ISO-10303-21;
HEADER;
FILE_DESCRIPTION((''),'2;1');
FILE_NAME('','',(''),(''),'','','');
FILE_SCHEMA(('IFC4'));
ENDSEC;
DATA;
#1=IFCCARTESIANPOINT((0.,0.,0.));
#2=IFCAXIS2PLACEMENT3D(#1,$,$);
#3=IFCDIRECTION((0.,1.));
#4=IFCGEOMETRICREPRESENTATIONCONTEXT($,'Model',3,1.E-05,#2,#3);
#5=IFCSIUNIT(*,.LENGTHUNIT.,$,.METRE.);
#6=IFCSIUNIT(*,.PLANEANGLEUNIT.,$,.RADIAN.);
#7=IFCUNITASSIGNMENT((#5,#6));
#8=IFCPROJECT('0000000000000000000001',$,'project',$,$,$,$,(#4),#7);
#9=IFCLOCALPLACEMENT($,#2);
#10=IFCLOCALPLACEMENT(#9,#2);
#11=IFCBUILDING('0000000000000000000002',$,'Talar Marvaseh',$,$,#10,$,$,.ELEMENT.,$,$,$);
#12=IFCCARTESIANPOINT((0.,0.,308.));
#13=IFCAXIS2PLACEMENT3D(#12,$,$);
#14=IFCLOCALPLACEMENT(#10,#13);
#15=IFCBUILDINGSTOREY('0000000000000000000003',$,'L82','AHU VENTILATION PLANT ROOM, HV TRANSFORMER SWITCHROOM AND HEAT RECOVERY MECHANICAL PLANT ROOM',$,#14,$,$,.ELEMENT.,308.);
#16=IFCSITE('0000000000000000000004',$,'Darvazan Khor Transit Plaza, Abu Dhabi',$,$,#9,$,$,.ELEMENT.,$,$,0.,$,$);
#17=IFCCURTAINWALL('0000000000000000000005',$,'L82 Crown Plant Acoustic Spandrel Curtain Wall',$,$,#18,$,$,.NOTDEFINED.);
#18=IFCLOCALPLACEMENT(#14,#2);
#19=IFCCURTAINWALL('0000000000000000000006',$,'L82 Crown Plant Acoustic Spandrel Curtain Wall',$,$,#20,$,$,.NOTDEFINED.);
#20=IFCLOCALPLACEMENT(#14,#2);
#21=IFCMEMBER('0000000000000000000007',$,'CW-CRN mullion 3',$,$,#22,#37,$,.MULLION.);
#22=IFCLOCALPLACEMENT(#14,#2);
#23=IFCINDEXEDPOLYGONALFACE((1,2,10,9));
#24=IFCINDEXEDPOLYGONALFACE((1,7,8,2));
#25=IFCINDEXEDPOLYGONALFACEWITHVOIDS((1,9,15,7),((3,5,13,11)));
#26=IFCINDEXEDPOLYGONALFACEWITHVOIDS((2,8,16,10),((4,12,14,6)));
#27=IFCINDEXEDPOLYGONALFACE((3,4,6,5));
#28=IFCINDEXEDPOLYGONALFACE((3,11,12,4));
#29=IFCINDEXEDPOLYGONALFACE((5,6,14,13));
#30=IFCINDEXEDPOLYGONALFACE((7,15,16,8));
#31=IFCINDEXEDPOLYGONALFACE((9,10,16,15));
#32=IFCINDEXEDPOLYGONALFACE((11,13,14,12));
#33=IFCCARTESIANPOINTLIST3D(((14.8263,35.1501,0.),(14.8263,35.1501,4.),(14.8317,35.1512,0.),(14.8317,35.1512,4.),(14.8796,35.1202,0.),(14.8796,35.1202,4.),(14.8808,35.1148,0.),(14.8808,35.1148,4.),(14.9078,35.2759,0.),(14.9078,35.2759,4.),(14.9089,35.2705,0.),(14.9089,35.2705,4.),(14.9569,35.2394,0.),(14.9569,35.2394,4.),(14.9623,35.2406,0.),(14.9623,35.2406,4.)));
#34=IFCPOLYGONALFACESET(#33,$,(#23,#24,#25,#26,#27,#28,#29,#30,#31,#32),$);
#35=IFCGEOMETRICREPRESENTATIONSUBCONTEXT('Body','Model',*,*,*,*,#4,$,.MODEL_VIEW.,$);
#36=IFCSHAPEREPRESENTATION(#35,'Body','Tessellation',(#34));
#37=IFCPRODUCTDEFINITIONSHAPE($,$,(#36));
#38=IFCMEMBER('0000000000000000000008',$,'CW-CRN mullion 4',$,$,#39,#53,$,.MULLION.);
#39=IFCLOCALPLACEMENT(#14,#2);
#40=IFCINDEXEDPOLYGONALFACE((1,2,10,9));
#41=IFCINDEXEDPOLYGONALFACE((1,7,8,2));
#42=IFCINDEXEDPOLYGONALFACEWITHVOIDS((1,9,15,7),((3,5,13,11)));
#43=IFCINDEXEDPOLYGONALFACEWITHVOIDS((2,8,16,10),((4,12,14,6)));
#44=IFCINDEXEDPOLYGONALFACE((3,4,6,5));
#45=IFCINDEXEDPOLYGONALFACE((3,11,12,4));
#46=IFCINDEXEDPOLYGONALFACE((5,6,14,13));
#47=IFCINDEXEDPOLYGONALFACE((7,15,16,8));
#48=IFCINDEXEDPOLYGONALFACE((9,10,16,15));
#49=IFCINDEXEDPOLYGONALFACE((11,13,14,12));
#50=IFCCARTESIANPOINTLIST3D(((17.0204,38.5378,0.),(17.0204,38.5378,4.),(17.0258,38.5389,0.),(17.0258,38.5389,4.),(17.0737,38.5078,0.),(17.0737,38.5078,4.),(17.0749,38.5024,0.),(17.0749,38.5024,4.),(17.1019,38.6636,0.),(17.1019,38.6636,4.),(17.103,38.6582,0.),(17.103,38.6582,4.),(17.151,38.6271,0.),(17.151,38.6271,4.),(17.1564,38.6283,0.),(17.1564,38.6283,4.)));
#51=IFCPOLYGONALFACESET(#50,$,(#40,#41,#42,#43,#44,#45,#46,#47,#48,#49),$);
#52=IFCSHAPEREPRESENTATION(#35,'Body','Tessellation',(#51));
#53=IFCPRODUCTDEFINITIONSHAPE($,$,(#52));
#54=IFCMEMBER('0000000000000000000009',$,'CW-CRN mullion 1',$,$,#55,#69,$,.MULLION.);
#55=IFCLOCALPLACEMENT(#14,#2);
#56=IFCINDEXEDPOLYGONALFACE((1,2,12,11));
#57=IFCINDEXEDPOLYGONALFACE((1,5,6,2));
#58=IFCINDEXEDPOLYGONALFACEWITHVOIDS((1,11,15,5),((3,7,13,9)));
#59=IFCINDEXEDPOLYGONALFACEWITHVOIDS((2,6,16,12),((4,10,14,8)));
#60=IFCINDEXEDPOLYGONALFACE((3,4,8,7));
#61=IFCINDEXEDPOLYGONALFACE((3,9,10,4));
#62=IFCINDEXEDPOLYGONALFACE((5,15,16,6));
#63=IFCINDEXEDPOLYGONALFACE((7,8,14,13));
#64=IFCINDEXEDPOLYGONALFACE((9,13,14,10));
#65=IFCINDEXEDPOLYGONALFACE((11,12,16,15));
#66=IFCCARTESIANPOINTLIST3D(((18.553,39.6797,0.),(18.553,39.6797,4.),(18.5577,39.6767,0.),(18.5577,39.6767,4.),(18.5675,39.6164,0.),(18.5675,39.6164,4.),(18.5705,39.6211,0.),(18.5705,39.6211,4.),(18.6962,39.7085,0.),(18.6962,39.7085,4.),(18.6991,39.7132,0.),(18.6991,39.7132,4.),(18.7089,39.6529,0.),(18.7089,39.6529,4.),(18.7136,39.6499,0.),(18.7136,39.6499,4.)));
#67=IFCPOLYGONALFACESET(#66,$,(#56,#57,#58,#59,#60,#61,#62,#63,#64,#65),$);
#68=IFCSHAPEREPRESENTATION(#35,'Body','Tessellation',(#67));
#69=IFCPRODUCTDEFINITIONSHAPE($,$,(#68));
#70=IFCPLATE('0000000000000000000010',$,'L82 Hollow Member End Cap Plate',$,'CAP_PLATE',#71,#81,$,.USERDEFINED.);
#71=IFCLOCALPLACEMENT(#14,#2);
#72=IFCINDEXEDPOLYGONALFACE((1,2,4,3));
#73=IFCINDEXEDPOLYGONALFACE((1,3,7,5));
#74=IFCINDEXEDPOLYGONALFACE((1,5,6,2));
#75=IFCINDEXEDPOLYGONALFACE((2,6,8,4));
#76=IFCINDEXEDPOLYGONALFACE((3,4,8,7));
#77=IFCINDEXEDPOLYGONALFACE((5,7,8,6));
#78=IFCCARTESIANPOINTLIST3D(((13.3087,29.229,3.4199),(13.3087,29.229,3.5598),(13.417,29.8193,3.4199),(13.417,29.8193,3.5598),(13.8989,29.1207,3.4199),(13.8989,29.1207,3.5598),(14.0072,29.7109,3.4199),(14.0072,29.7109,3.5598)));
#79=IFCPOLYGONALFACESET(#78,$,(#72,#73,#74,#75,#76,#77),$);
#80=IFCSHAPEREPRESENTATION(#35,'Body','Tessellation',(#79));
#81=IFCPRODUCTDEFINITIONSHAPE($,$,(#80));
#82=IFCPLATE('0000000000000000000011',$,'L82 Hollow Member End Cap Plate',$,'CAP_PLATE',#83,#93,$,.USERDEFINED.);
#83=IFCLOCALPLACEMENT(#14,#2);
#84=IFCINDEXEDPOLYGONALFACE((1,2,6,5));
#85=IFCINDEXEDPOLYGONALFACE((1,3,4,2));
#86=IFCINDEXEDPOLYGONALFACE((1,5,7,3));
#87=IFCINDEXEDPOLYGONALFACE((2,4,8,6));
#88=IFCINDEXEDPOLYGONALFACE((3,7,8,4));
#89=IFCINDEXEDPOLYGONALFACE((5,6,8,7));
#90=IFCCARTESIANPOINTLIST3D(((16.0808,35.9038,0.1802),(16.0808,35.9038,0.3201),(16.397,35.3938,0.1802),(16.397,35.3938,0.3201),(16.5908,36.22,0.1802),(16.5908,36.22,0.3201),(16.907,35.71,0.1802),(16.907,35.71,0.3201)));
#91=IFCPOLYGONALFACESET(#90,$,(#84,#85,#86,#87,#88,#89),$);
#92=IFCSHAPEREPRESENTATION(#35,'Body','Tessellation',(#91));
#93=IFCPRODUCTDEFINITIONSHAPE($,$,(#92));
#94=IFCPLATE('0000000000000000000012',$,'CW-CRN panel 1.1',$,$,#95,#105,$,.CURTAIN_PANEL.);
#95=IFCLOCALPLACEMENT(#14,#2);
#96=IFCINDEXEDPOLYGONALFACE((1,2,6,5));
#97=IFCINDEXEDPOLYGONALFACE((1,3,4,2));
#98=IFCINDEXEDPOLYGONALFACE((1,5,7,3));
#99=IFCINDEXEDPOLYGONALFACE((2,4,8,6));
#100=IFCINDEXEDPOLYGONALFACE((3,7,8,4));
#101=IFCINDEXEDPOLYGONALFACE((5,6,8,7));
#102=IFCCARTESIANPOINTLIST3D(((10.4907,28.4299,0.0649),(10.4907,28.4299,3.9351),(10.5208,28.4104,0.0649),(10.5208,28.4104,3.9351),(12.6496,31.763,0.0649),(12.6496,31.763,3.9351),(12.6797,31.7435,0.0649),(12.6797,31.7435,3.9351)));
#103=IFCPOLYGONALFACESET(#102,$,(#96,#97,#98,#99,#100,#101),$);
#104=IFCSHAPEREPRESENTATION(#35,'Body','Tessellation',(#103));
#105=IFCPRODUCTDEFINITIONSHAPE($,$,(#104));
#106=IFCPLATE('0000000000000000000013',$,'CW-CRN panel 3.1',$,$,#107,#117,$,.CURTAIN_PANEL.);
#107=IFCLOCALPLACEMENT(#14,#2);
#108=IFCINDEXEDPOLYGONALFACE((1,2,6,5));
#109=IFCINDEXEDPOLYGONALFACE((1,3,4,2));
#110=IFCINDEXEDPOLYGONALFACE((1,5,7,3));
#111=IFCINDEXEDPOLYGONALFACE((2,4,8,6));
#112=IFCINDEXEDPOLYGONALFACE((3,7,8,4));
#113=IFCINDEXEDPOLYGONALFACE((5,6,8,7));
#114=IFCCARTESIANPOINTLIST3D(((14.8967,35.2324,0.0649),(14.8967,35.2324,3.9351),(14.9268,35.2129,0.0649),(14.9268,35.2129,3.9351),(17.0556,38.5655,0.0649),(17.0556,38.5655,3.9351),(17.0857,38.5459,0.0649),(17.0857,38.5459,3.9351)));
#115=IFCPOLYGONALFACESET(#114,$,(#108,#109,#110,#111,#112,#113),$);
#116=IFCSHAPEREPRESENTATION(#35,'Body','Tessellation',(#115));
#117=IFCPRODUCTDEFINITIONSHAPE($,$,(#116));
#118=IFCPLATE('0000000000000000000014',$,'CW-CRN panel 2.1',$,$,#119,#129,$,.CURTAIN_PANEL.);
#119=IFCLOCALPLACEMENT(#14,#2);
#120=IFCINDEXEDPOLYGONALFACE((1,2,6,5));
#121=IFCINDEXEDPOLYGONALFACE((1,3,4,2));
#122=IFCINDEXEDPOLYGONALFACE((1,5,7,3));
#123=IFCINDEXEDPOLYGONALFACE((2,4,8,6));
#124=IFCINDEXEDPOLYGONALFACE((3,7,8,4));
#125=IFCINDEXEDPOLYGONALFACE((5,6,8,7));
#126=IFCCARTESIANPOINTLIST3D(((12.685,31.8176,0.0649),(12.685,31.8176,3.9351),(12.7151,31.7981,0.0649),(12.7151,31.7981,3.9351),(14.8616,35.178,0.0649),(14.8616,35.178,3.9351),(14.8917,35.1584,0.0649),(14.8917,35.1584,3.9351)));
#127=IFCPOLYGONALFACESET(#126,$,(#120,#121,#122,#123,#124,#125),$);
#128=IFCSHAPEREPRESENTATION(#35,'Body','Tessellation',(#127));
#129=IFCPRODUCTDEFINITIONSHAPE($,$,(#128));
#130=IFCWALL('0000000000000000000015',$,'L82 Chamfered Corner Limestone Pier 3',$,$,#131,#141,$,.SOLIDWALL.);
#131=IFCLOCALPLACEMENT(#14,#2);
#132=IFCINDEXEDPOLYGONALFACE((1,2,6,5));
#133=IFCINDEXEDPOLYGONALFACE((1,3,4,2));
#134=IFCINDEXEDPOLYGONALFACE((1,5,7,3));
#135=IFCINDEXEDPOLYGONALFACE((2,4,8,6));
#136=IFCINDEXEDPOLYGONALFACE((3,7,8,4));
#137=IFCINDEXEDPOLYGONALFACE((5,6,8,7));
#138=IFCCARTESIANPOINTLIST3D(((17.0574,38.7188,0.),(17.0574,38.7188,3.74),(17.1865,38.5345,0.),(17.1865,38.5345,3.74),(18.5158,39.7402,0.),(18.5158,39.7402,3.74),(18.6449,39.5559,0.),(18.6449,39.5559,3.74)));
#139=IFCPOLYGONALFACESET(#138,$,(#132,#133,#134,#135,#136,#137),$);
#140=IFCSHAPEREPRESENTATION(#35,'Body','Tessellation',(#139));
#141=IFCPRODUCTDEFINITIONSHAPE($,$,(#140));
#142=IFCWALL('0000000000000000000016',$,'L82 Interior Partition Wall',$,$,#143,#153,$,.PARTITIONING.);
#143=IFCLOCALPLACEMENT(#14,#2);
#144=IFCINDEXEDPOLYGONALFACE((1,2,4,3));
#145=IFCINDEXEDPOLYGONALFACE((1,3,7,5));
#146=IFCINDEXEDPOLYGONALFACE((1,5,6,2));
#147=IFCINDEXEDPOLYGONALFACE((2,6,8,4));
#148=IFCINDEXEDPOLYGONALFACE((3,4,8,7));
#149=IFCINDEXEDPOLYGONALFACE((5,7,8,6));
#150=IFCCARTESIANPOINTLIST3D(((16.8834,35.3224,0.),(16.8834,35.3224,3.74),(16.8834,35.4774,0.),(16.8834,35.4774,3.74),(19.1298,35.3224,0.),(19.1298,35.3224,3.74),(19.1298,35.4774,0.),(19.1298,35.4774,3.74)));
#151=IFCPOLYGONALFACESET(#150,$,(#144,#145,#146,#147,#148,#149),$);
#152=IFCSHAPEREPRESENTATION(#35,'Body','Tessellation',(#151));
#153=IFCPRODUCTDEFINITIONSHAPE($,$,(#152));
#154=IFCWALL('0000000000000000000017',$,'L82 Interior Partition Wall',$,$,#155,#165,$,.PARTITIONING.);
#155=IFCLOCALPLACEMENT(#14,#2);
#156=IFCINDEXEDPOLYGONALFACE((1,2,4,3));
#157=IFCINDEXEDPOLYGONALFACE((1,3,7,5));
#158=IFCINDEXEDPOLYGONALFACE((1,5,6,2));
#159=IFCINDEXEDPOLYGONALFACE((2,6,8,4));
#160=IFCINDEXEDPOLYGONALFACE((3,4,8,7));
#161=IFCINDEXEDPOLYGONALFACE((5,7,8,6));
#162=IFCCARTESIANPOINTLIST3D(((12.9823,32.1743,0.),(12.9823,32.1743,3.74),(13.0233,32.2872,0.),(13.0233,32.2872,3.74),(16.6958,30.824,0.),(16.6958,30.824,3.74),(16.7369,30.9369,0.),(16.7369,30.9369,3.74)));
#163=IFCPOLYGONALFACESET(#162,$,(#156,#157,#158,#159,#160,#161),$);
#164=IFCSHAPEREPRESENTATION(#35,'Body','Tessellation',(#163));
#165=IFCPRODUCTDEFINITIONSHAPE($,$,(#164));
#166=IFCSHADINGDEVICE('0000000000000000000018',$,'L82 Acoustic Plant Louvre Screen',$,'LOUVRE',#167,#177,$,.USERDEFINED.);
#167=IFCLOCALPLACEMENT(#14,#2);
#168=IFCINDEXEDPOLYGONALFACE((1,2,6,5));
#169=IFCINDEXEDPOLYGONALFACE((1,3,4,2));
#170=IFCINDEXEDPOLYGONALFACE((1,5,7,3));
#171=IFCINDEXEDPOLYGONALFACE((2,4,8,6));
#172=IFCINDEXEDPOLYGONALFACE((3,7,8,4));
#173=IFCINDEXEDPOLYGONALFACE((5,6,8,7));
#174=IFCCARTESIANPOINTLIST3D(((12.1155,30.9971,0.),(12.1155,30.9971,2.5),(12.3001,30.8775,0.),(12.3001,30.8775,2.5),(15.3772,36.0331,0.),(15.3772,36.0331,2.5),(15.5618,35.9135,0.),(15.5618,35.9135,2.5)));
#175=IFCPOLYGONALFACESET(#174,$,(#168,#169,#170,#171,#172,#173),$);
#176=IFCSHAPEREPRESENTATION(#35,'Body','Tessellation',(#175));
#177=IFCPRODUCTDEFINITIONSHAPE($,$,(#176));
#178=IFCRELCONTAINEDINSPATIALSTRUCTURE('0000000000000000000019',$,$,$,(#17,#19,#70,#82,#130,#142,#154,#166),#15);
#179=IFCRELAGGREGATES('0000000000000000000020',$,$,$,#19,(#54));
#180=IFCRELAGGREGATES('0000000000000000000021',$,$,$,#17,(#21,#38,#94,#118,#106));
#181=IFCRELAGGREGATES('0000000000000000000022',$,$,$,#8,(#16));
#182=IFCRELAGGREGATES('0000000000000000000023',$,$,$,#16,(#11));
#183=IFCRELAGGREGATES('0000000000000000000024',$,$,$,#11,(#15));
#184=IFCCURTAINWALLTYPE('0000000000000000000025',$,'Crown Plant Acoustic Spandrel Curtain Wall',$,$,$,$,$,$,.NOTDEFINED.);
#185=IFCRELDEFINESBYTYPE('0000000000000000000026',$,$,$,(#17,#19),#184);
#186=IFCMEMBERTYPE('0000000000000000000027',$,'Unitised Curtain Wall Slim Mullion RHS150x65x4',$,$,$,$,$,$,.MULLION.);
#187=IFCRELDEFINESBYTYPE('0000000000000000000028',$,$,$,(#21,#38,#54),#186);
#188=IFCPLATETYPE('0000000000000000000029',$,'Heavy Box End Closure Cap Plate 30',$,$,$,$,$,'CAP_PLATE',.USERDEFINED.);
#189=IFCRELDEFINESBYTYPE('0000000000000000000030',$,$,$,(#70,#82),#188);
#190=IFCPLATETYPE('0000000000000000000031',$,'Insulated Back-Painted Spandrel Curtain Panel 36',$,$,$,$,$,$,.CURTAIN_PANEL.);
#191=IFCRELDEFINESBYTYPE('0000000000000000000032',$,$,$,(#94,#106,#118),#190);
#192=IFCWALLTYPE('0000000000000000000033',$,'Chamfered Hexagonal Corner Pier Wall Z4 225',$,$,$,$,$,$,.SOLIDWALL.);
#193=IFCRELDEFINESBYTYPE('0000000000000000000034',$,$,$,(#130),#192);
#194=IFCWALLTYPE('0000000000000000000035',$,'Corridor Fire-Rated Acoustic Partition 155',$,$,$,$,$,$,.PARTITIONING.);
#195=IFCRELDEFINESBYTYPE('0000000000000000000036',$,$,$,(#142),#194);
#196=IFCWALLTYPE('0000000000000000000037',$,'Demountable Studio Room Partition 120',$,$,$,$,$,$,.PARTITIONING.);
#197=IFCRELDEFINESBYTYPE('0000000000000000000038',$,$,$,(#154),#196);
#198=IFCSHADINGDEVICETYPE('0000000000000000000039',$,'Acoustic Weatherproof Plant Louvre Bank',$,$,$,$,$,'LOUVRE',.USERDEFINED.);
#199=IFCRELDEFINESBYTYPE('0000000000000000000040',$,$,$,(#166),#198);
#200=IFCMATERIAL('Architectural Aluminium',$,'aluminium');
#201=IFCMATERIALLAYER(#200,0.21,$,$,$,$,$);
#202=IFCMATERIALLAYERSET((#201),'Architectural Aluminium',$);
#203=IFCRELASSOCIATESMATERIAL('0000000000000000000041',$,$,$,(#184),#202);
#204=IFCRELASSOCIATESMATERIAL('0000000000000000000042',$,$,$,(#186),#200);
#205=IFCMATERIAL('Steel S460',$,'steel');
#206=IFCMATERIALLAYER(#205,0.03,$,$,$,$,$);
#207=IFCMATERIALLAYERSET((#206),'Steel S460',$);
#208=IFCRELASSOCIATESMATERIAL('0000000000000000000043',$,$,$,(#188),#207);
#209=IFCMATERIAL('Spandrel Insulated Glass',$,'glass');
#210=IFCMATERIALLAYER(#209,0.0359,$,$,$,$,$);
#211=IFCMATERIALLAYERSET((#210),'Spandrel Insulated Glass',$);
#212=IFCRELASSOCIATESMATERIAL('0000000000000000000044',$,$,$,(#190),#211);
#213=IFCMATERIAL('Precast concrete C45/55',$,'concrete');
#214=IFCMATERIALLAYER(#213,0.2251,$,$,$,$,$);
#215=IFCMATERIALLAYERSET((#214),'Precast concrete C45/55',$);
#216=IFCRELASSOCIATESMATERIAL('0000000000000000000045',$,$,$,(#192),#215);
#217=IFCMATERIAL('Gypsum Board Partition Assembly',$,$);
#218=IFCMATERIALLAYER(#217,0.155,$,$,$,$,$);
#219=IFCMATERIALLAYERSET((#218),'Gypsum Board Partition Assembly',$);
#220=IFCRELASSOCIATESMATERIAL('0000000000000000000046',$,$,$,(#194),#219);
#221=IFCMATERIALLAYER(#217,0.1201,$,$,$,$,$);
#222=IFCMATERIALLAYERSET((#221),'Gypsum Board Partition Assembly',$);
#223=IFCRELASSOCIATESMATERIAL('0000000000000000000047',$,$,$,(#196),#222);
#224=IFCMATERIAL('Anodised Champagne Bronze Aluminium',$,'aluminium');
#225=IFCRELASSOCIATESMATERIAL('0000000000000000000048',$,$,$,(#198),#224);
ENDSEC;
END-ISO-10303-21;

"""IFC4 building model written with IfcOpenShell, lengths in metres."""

from ifc_helpers import new_model, si_unit, direction, frame, frame_2d, origin, origin_2d, place, context, subcontext, project, spatial, rectangle, hollow_rectangle, extrude, source, transform, mapped, material, layer, layer_set, material_profile, profile_set, type_object, type_shapes, element, aggregate, save


model = new_model("IFC4")

# Units and contexts
model_context = context("Model", 3, precision=1e-05, world=origin(), true_north=direction((0.0, 1.0)))
body_context = subcontext(model_context, "Body", "Model", "MODEL_VIEW")
ifc_project = project(units=[si_unit("LENGTHUNIT", "METRE"), si_unit("PLANEANGLEUNIT", "RADIAN")], contexts=[model_context])

# Site, building, storey
site_placement = place(None, origin())
site = spatial("IfcSite", under=ifc_project, at=site_placement, Name="Darvazan Khor Transit Plaza, Abu Dhabi", CompositionType="ELEMENT", RefElevation=0.0)
building_placement = place(site_placement, origin())
building = spatial("IfcBuilding", under=site, at=building_placement, Name="Talar Marvaseh", CompositionType="ELEMENT")
storey_placement = place(building_placement, frame((0.0, 0.0, 308.0)))
storey = spatial("IfcBuildingStorey", under=building, at=storey_placement, Name="L82", Description="AHU VENTILATION PLANT ROOM, HV TRANSFORMER SWITCHROOM AND HEAT RECOVERY MECHANICAL PLANT ROOM", CompositionType="ELEMENT", Elevation=308.0)

# Shared definitions
ifc_material_1 = material(Name="Steel S460", Category="steel")

# Curtain walls
ifc_material_2 = material(Name="Architectural Aluminium", Category="aluminium")
ifc_layer_1 = layer(ifc_material_2, 0.21)
ifc_layer_set_1 = layer_set([ifc_layer_1], Name="Architectural Aluminium")
curtain_wall_type = type_object("IfcCurtainWallType", Name="Crown Plant Acoustic Spandrel Curtain Wall", PredefinedType="NOTDEFINED", material=ifc_layer_set_1)
curtain_wall_1_placement = place(storey_placement, origin())
curtain_wall_1 = element("IfcCurtainWall", 1, at=curtain_wall_1_placement, inside=storey, type_object=curtain_wall_type, Name="L82 Crown Plant Acoustic Spandrel Curtain Wall", PredefinedType="NOTDEFINED")
curtain_wall_2_placement = place(storey_placement, origin())
curtain_wall_2 = element("IfcCurtainWall", 2, at=curtain_wall_2_placement, inside=storey, type_object=curtain_wall_type, Name="L82 Crown Plant Acoustic Spandrel Curtain Wall", PredefinedType="NOTDEFINED")

# Members
ifc_material_profile_1 = material_profile(ifc_material_2, hollow_rectangle(XDim=0.0649, YDim=0.1499, WallThickness=0.0039, at=origin_2d()), Name="RHS150x65x4")
ifc_profile_set_1 = profile_set([ifc_material_profile_1], Name="Architectural Aluminium")
member_type_1 = type_object("IfcMemberType", Name="Unitised Curtain Wall Slim Mullion RHS150x65x4", PredefinedType="MULLION", material=ifc_profile_set_1)
shared_shape_1 = source(origin(), body_context, "Body", "SweptSolid", [
    extrude(hollow_rectangle(XDim=0.0649, YDim=0.1499, WallThickness=0.0039, at=origin_2d()), origin(), (0.0, 0.0, 1.0), 4.0),
])
type_shapes(member_type_1, [shared_shape_1])
member_1_placement = place(storey_placement, frame((14.8943, 35.1953, 0.0), z_axis=(0.0, 0.0, 1.0), x_axis=(-0.839314, 0.543646, 0.0)))
member_1 = element("IfcMember", 3, at=member_1_placement, type_object=member_type_1, Name="CW-CRN mullion 3", PredefinedType="MULLION", context=body_context, shape_type="MappedRepresentation", body=[
    mapped(shared_shape_1, transform((0.0, 0.0, 0.0), x_axis=(1.0, 0.0, 0.0), y_axis=(0.0, 1.0, 0.0), z_axis=(0.0, 0.0, 1.0), scale=1.0)),
])
member_2_placement = place(storey_placement, frame((17.0884, 38.583, 0.0), z_axis=(0.0, 0.0, 1.0), x_axis=(-0.839314, 0.543646, 0.0)))
member_2 = element("IfcMember", 4, at=member_2_placement, type_object=member_type_1, Name="CW-CRN mullion 4", PredefinedType="MULLION", context=body_context, shape_type="MappedRepresentation", body=[
    mapped(shared_shape_1, transform((0.0, 0.0, 0.0), x_axis=(1.0, 0.0, 0.0), y_axis=(0.0, 1.0, 0.0), z_axis=(0.0, 0.0, 1.0), scale=1.0)),
])
member_3_placement = place(storey_placement, frame((18.6333, 39.6648, 0.0), z_axis=(0.0, 0.0, 1.0), x_axis=(-0.223792, 0.974637, 0.0)))
member_3 = element("IfcMember", 5, at=member_3_placement, type_object=member_type_1, Name="CW-CRN mullion 1", PredefinedType="MULLION", context=body_context, shape_type="MappedRepresentation", body=[
    mapped(shared_shape_1, transform((0.0, 0.0, 0.0), x_axis=(1.0, 0.0, 0.0), y_axis=(0.0, 1.0, 0.0), z_axis=(0.0, 0.0, 1.0), scale=1.0)),
])
aggregate(curtain_wall_2, [member_3])

# Plates
ifc_layer_2 = layer(ifc_material_1, 0.03)
ifc_layer_set_2 = layer_set([ifc_layer_2], Name="Steel S460")
plate_type_1 = type_object("IfcPlateType", Name="Heavy Box End Closure Cap Plate 30", ElementType="CAP_PLATE", PredefinedType="USERDEFINED", material=ifc_layer_set_2)
shared_shape_2 = source(origin(), body_context, "Body", "SweptSolid", [
    extrude(rectangle(XDim=0.6001, YDim=0.6001, at=origin_2d()), origin(), (0.0, 0.0, 1.0), 0.1399),
])
type_shapes(plate_type_1, [shared_shape_2])
for number, where, z_axis, x_axis, name in (
    (6, (13.658, 29.47, 3.4199), (0.0, 0.0, 1.0), (0.180519, 0.983571, 0.0), "L82 Hollow Member End Cap Plate"),
    (7, (16.4939, 35.8069, 0.1802), (0.0, 0.0, 1.0), (0.849893, 0.526956, 0.0), "L82 Hollow Member End Cap Plate"),
):
    element("IfcPlate", number, at=place(storey_placement, frame(where, z_axis=z_axis, x_axis=x_axis)), inside=storey, type_object=plate_type_1, Name=name, ObjectType="CAP_PLATE", PredefinedType="USERDEFINED", context=body_context, shape_type="MappedRepresentation", body=[
        mapped(shared_shape_2, transform((0.0, 0.0, 0.0), x_axis=(1.0, 0.0, 0.0), y_axis=(0.0, 1.0, 0.0), z_axis=(0.0, 0.0, 1.0), scale=1.0)),
    ])

# Plates
ifc_material_3 = material(Name="Spandrel Insulated Glass", Category="glass")
ifc_layer_3 = layer(ifc_material_3, 0.0359)
ifc_layer_set_3 = layer_set([ifc_layer_3], Name="Spandrel Insulated Glass")
plate_type_2 = type_object("IfcPlateType", Name="Insulated Back-Painted Spandrel Curtain Panel 36", PredefinedType="CURTAIN_PANEL", material=ifc_layer_set_3)
shared_shape_3 = source(origin(), body_context, "Body", "SweptSolid", [
    extrude(rectangle(XDim=3.9712, YDim=0.0359, at=origin_2d()), origin(), (0.0, 0.0, 1.0), 3.8701),
])
plate_1_placement = place(storey_placement, frame((11.5852, 30.0867, 0.0649), z_axis=(0.0, 0.0, 1.0), x_axis=(0.543646, 0.839314, 0.0)))
plate_1 = element("IfcPlate", 8, at=plate_1_placement, type_object=plate_type_2, Name="CW-CRN panel 1.1", PredefinedType="CURTAIN_PANEL", context=body_context, shape_type="MappedRepresentation", body=[
    mapped(shared_shape_3, transform((0.0, 0.0, 0.0), x_axis=(1.0, 0.0, 0.0), y_axis=(0.0, 1.0, 0.0), z_axis=(0.0, 0.0, 1.0), scale=1.0)),
])
plate_2_placement = place(storey_placement, frame((15.9912, 36.8892, 0.0649), z_axis=(0.0, 0.0, 1.0), x_axis=(0.543646, 0.839314, 0.0)))
plate_2 = element("IfcPlate", 9, at=plate_2_placement, type_object=plate_type_2, Name="CW-CRN panel 3.1", PredefinedType="CURTAIN_PANEL", context=body_context, shape_type="MappedRepresentation", body=[
    mapped(shared_shape_3, transform((0.0, 0.0, 0.0), x_axis=(1.0, 0.0, 0.0), y_axis=(0.0, 1.0, 0.0), z_axis=(0.0, 0.0, 1.0), scale=1.0)),
])
shared_shape_4 = source(origin(), body_context, "Body", "SweptSolid", [
    extrude(rectangle(XDim=4.0037, YDim=0.0359, at=origin_2d()), origin(), (0.0, 0.0, 1.0), 3.8701),
])
type_shapes(plate_type_2, [shared_shape_3, shared_shape_4])
plate_3_placement = place(storey_placement, frame((13.7883, 33.488, 0.0649), z_axis=(0.0, 0.0, 1.0), x_axis=(0.543646, 0.839314, 0.0)))
plate_3 = element("IfcPlate", 10, at=plate_3_placement, type_object=plate_type_2, Name="CW-CRN panel 2.1", PredefinedType="CURTAIN_PANEL", context=body_context, shape_type="MappedRepresentation", body=[
    mapped(shared_shape_4, transform((0.0, 0.0, 0.0), x_axis=(1.0, 0.0, 0.0), y_axis=(0.0, 1.0, 0.0), z_axis=(0.0, 0.0, 1.0), scale=1.0)),
])
aggregate(curtain_wall_1, [member_1, member_2, plate_1, plate_3, plate_2])

# Walls
ifc_material_4 = material(Name="Precast concrete C45/55", Category="concrete")
ifc_layer_4 = layer(ifc_material_4, 0.2251)
ifc_layer_set_4 = layer_set([ifc_layer_4], Name="Precast concrete C45/55")
wall_type_1 = type_object("IfcWallType", Name="Chamfered Hexagonal Corner Pier Wall Z4 225", PredefinedType="SOLIDWALL", material=ifc_layer_set_4)
wall_1_placement = place(storey_placement, frame((17.1221, 38.6267, 0.0), z_axis=(0.0, 0.0, 1.0), x_axis=(0.81909, 0.573665, 0.0)))
element("IfcWall", 11, at=wall_1_placement, inside=storey, type_object=wall_type_1, Name="L82 Chamfered Corner Limestone Pier 3", PredefinedType="SOLIDWALL", context=body_context, shape_type="SweptSolid", body=[
    extrude(rectangle(XDim=1.7805, YDim=0.2251, at=frame_2d((0.8901, 0.0))), origin(), (0.0, 0.0, 1.0), 3.74),
])
ifc_material_5 = material(Name="Gypsum Board Partition Assembly")
ifc_layer_5 = layer(ifc_material_5, 0.155)
ifc_layer_set_5 = layer_set([ifc_layer_5], Name="Gypsum Board Partition Assembly")
wall_type_2 = type_object("IfcWallType", Name="Corridor Fire-Rated Acoustic Partition 155", PredefinedType="PARTITIONING", material=ifc_layer_set_5)
wall_2_placement = place(storey_placement, frame((16.8835, 35.3999, 0.0), z_axis=(0.0, 0.0, 1.0), x_axis=(1.0, 0.0, 0.0)))
element("IfcWall", 12, at=wall_2_placement, inside=storey, type_object=wall_type_2, Name="L82 Interior Partition Wall", PredefinedType="PARTITIONING", context=body_context, shape_type="SweptSolid", body=[
    extrude(rectangle(XDim=2.2463, YDim=0.155, at=frame_2d((1.123, 0.0))), origin(), (0.0, 0.0, 1.0), 3.74),
])
ifc_layer_6 = layer(ifc_material_5, 0.1201)
ifc_layer_set_6 = layer_set([ifc_layer_6], Name="Gypsum Board Partition Assembly")
wall_type_3 = type_object("IfcWallType", Name="Demountable Studio Room Partition 120", PredefinedType="PARTITIONING", material=ifc_layer_set_6)
wall_3_placement = place(storey_placement, frame((13.0029, 32.2307, 0.0), z_axis=(0.0, 0.0, 1.0), x_axis=(0.939799, -0.341728, 0.0)))
element("IfcWall", 13, at=wall_3_placement, inside=storey, type_object=wall_type_3, Name="L82 Interior Partition Wall", PredefinedType="PARTITIONING", context=body_context, shape_type="SweptSolid", body=[
    extrude(rectangle(XDim=3.9514, YDim=0.1201, at=frame_2d((1.9756, 0.0))), origin(), (0.0, 0.0, 1.0), 3.74),
])

# Shading device
ifc_material_6 = material(Name="Anodised Champagne Bronze Aluminium", Category="aluminium")
shading_device_type = type_object("IfcShadingDeviceType", Name="Acoustic Weatherproof Plant Louvre Bank", ElementType="LOUVRE", PredefinedType="USERDEFINED", material=ifc_material_6)
shared_shape_5 = source(origin(), body_context, "Body", "SweptSolid", [
    extrude(rectangle(XDim=6.0, YDim=0.22, at=origin_2d()), origin(), (0.0, 0.0, 1.0), 2.5),
])
type_shapes(shading_device_type, [shared_shape_5])
shading_device_placement = place(storey_placement, frame((13.8386, 33.4553, 0.0), z_axis=(0.0, 0.0, 1.0), x_axis=(0.543614, 0.839335, 0.0)))
element("IfcShadingDevice", 14, at=shading_device_placement, inside=storey, type_object=shading_device_type, Name="L82 Acoustic Plant Louvre Screen", ObjectType="LOUVRE", PredefinedType="USERDEFINED", context=body_context, shape_type="MappedRepresentation", body=[
    mapped(shared_shape_5, transform((0.0, 0.0, 0.0), x_axis=(1.0, 0.0, 0.0), y_axis=(0.0, 1.0, 0.0), z_axis=(0.0, 0.0, 1.0), scale=1.0)),
])

save(model, "model.ifc")
